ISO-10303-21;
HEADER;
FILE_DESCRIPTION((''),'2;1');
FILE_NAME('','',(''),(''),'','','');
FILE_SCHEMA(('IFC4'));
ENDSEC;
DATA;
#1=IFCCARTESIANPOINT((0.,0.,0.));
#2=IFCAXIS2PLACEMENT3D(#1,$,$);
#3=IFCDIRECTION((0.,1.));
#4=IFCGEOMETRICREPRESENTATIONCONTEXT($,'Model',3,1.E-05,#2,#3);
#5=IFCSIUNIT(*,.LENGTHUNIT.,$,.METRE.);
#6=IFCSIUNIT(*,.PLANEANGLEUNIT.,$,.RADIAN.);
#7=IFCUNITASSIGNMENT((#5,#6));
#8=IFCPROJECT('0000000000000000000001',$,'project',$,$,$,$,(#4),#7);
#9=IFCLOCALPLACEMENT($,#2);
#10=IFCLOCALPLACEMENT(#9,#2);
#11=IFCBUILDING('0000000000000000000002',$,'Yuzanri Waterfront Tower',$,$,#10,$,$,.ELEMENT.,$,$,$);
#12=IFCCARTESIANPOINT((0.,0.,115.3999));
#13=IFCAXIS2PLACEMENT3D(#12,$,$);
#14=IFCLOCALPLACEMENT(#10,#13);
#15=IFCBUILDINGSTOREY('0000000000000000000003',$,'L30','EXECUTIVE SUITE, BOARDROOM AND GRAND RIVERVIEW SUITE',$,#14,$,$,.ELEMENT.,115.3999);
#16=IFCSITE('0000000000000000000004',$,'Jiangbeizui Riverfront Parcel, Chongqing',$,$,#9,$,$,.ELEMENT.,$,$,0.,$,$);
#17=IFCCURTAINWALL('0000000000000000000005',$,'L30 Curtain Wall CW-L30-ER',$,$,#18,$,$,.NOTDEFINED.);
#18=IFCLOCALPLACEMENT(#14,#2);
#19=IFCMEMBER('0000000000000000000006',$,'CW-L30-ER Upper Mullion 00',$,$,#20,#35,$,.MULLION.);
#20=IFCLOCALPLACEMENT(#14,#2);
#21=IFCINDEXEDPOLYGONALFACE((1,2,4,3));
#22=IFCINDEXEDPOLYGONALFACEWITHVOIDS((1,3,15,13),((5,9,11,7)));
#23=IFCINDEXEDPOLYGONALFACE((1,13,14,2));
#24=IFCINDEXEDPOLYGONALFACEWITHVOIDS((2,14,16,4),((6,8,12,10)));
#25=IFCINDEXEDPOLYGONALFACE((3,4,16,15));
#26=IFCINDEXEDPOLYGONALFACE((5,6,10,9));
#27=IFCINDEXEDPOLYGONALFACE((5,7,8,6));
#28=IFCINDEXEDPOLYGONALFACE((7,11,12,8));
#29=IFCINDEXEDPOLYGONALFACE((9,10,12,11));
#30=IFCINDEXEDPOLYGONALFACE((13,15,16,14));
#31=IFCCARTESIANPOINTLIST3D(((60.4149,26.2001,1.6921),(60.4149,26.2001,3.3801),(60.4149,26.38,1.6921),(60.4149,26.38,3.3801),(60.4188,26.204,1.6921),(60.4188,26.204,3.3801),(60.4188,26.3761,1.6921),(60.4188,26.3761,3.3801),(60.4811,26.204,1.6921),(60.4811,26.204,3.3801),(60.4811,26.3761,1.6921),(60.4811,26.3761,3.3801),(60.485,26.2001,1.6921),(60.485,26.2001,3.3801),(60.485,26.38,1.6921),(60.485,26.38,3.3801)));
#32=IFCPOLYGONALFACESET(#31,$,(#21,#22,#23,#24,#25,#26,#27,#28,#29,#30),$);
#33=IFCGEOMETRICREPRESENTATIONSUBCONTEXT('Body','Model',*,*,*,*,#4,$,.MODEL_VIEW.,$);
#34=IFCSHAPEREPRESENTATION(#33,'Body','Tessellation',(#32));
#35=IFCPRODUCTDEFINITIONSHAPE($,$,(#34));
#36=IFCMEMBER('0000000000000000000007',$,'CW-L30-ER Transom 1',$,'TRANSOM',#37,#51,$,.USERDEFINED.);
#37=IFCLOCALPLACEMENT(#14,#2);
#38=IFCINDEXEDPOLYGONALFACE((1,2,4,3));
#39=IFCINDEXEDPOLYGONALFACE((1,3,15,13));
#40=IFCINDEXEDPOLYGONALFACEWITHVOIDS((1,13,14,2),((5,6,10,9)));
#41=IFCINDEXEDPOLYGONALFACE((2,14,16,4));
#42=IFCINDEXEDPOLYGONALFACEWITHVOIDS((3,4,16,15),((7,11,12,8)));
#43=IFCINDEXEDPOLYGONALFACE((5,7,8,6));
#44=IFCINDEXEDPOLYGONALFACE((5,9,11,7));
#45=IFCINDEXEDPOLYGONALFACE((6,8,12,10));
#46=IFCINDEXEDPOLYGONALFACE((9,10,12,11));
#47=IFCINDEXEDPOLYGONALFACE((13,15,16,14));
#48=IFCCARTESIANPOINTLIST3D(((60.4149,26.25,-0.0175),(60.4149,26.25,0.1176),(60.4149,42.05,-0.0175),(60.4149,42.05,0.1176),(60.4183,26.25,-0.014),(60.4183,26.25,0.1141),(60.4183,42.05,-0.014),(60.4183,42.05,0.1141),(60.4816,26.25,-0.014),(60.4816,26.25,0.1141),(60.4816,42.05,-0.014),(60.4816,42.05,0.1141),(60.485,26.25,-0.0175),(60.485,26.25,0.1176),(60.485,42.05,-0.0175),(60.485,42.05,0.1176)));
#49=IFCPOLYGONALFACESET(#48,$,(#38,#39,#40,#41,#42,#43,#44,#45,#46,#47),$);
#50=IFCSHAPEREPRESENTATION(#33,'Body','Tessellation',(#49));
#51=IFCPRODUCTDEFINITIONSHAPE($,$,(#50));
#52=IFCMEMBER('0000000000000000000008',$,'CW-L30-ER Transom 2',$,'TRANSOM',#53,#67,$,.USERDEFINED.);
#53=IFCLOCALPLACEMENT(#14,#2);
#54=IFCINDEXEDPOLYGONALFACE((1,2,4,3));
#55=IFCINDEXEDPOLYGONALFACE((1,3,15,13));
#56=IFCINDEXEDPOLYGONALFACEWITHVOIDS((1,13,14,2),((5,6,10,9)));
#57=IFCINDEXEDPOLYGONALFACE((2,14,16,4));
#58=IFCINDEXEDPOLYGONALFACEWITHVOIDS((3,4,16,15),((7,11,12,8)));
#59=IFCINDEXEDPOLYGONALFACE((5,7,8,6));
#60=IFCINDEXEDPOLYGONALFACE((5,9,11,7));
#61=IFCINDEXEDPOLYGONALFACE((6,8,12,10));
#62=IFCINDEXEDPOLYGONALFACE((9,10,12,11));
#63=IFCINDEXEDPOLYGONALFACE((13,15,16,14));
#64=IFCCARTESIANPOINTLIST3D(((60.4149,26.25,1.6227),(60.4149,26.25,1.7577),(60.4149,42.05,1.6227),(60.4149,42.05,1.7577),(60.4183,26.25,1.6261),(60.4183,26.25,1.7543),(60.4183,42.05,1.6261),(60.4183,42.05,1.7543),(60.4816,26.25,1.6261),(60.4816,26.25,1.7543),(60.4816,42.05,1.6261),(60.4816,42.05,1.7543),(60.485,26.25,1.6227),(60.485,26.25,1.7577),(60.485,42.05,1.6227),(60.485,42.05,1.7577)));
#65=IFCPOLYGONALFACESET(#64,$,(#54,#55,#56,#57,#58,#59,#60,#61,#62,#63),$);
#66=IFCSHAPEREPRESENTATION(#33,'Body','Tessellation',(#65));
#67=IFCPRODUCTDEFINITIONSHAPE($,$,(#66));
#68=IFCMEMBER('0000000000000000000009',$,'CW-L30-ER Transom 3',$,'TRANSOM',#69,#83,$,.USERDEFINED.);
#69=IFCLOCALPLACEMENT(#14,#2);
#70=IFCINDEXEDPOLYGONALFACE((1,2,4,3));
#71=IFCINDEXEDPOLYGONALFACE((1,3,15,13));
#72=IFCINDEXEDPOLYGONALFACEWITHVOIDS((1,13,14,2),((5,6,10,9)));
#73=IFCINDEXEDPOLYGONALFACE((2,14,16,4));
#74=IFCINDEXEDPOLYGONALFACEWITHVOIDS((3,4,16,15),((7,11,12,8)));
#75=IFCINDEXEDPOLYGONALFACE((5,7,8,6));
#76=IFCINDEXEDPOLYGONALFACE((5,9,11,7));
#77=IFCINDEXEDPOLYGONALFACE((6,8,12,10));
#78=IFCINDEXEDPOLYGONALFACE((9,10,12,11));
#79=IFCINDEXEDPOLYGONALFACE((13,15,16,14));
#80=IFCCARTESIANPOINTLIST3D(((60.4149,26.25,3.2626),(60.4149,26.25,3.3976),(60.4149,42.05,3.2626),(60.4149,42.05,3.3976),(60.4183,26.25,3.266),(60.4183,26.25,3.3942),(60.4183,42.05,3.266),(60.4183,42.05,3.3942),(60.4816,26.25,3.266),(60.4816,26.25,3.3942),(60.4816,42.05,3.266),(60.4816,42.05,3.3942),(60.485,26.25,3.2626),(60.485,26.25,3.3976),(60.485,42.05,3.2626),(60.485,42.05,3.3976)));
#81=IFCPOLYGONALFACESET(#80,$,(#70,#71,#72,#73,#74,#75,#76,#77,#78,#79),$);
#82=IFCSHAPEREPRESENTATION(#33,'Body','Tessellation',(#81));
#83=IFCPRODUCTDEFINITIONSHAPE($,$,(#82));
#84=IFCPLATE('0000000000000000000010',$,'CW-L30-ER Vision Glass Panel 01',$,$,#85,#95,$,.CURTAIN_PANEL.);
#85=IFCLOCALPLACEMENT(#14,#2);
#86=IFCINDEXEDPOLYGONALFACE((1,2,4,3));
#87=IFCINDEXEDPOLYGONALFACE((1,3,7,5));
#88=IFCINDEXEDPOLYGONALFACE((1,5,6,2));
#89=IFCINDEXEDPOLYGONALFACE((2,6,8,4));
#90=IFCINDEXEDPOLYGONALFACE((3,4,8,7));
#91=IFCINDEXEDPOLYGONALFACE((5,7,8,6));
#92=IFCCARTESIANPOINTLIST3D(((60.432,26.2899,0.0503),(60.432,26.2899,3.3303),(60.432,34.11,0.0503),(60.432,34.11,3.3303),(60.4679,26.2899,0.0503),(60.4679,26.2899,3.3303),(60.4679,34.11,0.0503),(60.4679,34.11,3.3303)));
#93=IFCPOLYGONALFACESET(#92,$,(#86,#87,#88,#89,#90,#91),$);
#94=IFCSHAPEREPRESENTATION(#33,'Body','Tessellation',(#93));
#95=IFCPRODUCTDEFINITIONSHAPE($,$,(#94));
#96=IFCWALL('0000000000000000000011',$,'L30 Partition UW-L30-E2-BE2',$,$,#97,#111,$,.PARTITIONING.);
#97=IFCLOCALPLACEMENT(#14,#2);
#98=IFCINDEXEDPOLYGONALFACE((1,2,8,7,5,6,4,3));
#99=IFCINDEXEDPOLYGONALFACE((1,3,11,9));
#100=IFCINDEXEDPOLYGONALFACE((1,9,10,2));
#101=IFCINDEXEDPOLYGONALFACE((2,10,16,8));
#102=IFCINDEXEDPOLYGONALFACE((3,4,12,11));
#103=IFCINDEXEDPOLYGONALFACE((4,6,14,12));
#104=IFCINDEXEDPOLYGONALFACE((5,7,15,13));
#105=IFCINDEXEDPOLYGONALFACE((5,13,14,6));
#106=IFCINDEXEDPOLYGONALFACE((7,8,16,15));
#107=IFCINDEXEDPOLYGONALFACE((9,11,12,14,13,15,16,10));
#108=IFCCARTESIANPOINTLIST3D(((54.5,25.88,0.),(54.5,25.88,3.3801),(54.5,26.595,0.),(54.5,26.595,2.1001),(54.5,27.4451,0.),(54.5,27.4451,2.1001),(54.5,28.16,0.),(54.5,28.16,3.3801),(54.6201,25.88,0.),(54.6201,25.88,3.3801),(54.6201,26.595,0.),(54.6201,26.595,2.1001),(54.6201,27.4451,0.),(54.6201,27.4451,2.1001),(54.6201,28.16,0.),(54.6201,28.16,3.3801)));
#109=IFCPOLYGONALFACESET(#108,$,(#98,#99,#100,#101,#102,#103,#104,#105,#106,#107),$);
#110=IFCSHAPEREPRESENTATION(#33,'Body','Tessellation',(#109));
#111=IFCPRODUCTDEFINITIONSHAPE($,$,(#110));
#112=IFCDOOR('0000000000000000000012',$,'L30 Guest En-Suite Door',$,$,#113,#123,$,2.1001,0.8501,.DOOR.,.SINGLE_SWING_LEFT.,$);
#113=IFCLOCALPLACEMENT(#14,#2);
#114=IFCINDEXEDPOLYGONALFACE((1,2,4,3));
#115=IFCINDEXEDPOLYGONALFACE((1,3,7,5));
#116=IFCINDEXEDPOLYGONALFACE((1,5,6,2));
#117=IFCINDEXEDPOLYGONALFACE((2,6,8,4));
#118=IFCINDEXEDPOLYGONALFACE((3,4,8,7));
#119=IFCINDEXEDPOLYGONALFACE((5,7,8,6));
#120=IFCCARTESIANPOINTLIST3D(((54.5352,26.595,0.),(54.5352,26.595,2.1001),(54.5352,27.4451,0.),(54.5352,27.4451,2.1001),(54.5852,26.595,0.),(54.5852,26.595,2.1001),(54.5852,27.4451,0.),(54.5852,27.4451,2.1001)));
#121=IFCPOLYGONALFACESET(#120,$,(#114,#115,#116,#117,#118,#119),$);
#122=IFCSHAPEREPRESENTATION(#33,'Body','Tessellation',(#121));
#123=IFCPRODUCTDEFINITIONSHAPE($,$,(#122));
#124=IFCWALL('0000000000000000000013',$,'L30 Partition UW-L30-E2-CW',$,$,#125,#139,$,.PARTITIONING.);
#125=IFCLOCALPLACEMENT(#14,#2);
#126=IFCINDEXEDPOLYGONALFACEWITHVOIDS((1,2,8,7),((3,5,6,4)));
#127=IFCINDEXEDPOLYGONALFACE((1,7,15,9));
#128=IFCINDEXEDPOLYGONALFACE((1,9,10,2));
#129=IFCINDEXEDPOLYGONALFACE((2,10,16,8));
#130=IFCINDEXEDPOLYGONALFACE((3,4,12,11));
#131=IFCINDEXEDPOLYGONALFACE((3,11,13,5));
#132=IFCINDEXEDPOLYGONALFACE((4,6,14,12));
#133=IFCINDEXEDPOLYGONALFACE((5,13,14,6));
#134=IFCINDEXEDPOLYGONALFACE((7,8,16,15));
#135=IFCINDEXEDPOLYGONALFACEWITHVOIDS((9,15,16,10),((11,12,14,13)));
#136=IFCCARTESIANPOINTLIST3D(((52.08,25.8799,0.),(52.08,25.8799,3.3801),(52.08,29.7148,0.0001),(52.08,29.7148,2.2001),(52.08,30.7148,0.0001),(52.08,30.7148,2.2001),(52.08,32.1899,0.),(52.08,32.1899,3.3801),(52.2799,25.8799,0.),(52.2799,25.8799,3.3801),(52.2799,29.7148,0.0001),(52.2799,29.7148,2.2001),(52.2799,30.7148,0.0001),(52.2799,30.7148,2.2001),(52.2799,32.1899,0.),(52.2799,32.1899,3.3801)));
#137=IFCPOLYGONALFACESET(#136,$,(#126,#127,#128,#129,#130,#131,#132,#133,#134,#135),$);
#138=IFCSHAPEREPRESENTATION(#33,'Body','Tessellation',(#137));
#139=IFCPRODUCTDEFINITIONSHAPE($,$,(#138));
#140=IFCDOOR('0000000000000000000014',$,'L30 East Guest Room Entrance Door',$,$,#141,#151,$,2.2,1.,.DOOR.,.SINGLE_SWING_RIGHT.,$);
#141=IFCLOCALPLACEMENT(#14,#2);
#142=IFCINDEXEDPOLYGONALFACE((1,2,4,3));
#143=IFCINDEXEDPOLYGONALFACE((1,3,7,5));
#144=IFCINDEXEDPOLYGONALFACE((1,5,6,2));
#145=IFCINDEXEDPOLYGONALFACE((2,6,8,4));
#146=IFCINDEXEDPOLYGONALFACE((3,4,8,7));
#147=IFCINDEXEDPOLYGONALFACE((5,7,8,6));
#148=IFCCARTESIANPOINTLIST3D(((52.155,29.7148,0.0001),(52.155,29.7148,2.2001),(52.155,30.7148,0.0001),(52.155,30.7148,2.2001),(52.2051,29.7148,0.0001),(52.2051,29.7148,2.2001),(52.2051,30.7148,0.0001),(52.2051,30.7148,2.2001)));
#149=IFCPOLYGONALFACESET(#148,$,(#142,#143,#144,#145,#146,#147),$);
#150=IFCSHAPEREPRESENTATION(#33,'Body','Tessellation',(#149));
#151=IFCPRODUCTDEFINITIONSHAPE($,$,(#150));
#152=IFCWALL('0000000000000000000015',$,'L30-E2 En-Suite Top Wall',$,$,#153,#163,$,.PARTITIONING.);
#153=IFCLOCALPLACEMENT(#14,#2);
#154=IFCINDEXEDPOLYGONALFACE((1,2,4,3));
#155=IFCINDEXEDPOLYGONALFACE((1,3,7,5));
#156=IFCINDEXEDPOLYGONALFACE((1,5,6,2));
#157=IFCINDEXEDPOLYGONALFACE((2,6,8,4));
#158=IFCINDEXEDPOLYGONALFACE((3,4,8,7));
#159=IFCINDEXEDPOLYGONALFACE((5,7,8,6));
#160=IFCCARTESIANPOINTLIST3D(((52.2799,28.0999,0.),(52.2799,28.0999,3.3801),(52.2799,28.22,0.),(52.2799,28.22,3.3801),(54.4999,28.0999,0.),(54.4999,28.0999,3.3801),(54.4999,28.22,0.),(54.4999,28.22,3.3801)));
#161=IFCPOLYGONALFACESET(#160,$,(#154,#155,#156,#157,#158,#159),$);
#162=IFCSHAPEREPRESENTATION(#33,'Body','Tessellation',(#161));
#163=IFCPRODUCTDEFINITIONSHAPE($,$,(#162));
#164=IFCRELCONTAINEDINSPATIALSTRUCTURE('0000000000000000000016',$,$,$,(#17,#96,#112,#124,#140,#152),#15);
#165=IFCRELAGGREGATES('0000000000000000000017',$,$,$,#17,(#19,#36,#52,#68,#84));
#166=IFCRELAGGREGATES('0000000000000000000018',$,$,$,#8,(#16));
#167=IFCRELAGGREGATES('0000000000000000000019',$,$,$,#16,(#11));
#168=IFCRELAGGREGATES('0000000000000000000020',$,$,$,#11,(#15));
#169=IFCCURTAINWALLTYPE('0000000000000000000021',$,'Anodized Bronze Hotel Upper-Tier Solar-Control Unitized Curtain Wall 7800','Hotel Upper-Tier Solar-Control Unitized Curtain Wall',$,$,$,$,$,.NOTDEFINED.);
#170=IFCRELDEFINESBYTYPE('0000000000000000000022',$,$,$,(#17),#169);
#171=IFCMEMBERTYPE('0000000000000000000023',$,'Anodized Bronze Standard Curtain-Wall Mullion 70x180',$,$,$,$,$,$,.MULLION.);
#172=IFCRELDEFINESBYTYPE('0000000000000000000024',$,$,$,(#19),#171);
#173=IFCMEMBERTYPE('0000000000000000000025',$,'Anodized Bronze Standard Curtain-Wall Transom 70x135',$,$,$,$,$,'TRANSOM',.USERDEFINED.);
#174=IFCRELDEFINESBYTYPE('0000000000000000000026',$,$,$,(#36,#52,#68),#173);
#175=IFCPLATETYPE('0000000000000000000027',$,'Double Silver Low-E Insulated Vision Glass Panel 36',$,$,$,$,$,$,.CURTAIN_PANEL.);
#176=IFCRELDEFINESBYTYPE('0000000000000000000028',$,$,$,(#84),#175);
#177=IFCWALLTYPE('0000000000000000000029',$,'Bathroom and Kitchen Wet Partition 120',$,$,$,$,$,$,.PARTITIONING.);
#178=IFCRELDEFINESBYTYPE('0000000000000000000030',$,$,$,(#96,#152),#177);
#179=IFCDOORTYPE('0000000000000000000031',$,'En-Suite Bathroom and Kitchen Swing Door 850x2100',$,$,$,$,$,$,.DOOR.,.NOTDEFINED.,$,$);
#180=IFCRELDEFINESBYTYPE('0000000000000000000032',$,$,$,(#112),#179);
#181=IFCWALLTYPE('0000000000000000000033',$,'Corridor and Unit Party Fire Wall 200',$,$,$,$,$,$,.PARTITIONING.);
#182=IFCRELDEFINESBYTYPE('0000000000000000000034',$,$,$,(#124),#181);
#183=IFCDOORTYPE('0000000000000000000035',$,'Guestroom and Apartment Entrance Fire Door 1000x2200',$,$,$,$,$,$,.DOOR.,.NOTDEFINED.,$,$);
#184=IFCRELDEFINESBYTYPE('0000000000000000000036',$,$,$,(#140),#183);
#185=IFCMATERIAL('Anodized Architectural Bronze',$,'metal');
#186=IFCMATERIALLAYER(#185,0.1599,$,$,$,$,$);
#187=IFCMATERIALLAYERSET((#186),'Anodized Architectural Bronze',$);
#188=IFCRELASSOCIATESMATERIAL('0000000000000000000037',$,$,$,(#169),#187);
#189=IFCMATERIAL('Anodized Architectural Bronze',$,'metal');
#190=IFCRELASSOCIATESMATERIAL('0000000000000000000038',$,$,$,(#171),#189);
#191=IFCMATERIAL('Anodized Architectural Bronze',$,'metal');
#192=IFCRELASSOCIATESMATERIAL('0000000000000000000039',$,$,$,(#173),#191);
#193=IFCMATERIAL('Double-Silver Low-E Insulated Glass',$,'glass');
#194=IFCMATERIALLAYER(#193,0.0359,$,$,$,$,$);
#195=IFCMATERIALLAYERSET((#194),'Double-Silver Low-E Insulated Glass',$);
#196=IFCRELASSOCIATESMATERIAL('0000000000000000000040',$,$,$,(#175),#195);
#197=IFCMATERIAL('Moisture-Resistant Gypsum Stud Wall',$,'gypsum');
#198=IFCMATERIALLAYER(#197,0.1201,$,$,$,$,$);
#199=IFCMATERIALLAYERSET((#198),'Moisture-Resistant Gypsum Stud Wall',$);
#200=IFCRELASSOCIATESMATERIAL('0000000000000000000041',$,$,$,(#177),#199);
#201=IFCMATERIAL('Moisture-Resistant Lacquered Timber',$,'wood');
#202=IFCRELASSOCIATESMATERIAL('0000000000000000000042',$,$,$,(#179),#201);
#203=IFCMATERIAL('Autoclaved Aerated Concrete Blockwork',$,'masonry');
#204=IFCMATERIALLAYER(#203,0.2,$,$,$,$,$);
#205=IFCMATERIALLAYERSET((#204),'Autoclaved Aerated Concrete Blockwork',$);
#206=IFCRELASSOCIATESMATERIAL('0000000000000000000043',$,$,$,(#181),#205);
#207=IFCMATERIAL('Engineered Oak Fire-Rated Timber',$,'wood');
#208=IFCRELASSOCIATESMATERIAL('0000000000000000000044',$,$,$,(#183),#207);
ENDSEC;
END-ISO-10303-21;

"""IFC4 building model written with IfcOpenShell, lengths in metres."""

from ifc_helpers import new_model, si_unit, direction, frame, frame_2d, origin, origin_2d, place, context, subcontext, project, spatial, rectangle, hollow_rectangle, extrude, source, transform, mapped, material, layer, layer_set, material_profile, profile_set, type_object, element, fill, aggregate, save


model = new_model("IFC4")

# Units and contexts
model_context = context("Model", 3, precision=1e-05, world=origin(), true_north=direction((0.0, 1.0)))
body_context = subcontext(model_context, "Body", "Model", "MODEL_VIEW")
ifc_project = project(units=[si_unit("LENGTHUNIT", "METRE"), si_unit("PLANEANGLEUNIT", "RADIAN")], contexts=[model_context])

# Site, building, storey
site_placement = place(None, origin())
site = spatial("IfcSite", under=ifc_project, at=site_placement, Name="Jiangbeizui Riverfront Parcel, Chongqing", CompositionType="ELEMENT", RefElevation=0.0)
building_placement = place(site_placement, origin())
building = spatial("IfcBuilding", under=site, at=building_placement, Name="Yuzanri Waterfront Tower", CompositionType="ELEMENT")
storey_placement = place(building_placement, frame((0.0, 0.0, 115.3999)))
storey = spatial("IfcBuildingStorey", under=building, at=storey_placement, Name="L30", Description="EXECUTIVE SUITE, BOARDROOM AND GRAND RIVERVIEW SUITE", CompositionType="ELEMENT", Elevation=115.3999)

# Shared definitions
ifc_material_1 = material(Name="Anodized Architectural Bronze", Category="metal")
ifc_layer_1 = layer(ifc_material_1, 0.1599)
ifc_layer_set_1 = layer_set([ifc_layer_1], Name="Anodized Architectural Bronze")
curtain_wall_type = type_object("IfcCurtainWallType", Name="Anodized Bronze Hotel Upper-Tier Solar-Control Unitized Curtain Wall 7800", Description="Hotel Upper-Tier Solar-Control Unitized Curtain Wall", PredefinedType="NOTDEFINED", material=ifc_layer_set_1)
ifc_material_2 = material(Name="Anodized Architectural Bronze", Category="metal")
ifc_material_profile_1 = material_profile(ifc_material_2, hollow_rectangle(XDim=0.0701, YDim=0.1799, WallThickness=0.0039, at=origin_2d()), Name="CWM 70x180")
ifc_profile_set_1 = profile_set([ifc_material_profile_1], Name="Anodized Architectural Bronze")
member_type_1 = type_object("IfcMemberType", Name="Anodized Bronze Standard Curtain-Wall Mullion 70x180", PredefinedType="MULLION", material=ifc_profile_set_1)
shared_shape_1 = source(origin(), body_context, "Body", "SweptSolid", [
    extrude(hollow_rectangle(XDim=0.0701, YDim=0.1799, WallThickness=0.0039, at=origin_2d()), origin(), (0.0, 0.0, 1.0), 1.688),
])

# Curtain wall, members, plate
curtain_wall_1_placement = place(storey_placement, origin())
curtain_wall_1 = element("IfcCurtainWall", 1, at=curtain_wall_1_placement, inside=storey, type_object=curtain_wall_type, Name="L30 Curtain Wall CW-L30-ER", PredefinedType="NOTDEFINED")
member_1_placement = place(storey_placement, frame((60.45, 26.29, 1.6921), z_axis=(0.0, 0.0, 1.0), x_axis=(1.0, 0.0, 0.0)))
member_1 = element("IfcMember", 2, at=member_1_placement, type_object=member_type_1, Name="CW-L30-ER Upper Mullion 00", PredefinedType="MULLION", context=body_context, shape_type="MappedRepresentation", body=[
    mapped(shared_shape_1, transform((0.0, 0.0, 0.0), scale=1.0)),
])
ifc_material_3 = material(Name="Anodized Architectural Bronze", Category="metal")
ifc_material_profile_2 = material_profile(ifc_material_3, hollow_rectangle(XDim=0.0701, YDim=0.135, WallThickness=0.0034, at=origin_2d()), Name="CWT 70x135")
ifc_profile_set_2 = profile_set([ifc_material_profile_2], Name="Anodized Architectural Bronze")
member_type_2 = type_object("IfcMemberType", Name="Anodized Bronze Standard Curtain-Wall Transom 70x135", ElementType="TRANSOM", PredefinedType="USERDEFINED", material=ifc_profile_set_2)
shared_shape_2 = source(origin(), body_context, "Body", "SweptSolid", [
    extrude(hollow_rectangle(XDim=0.0701, YDim=0.135, WallThickness=0.0034, at=origin_2d()), origin(), (0.0, 0.0, 1.0), 15.8),
])
member_2_placement = place(storey_placement, frame((60.45, 26.25, 0.05), z_axis=(0.0, 1.0, 0.0), x_axis=(-1.0, 0.0, 0.0)))
member_2 = element("IfcMember", 3, at=member_2_placement, type_object=member_type_2, Name="CW-L30-ER Transom 1", ObjectType="TRANSOM", PredefinedType="USERDEFINED", context=body_context, shape_type="MappedRepresentation", body=[
    mapped(shared_shape_2, transform((0.0, 0.0, 0.0), scale=1.0)),
])
member_3_placement = place(storey_placement, frame((60.45, 26.25, 1.6902), z_axis=(0.0, 1.0, 0.0), x_axis=(-1.0, 0.0, 0.0)))
member_3 = element("IfcMember", 4, at=member_3_placement, type_object=member_type_2, Name="CW-L30-ER Transom 2", ObjectType="TRANSOM", PredefinedType="USERDEFINED", context=body_context, shape_type="MappedRepresentation", body=[
    mapped(shared_shape_2, transform((0.0, 0.0, 0.0), scale=1.0)),
])
member_4_placement = place(storey_placement, frame((60.45, 26.25, 3.3301), z_axis=(0.0, 1.0, 0.0), x_axis=(-1.0, 0.0, 0.0)))
member_4 = element("IfcMember", 5, at=member_4_placement, type_object=member_type_2, Name="CW-L30-ER Transom 3", ObjectType="TRANSOM", PredefinedType="USERDEFINED", context=body_context, shape_type="MappedRepresentation", body=[
    mapped(shared_shape_2, transform((0.0, 0.0, 0.0), scale=1.0)),
])
ifc_material_4 = material(Name="Double-Silver Low-E Insulated Glass", Category="glass")
ifc_layer_2 = layer(ifc_material_4, 0.0359)
ifc_layer_set_2 = layer_set([ifc_layer_2], Name="Double-Silver Low-E Insulated Glass")
plate_type = type_object("IfcPlateType", Name="Double Silver Low-E Insulated Vision Glass Panel 36", PredefinedType="CURTAIN_PANEL", material=ifc_layer_set_2)
shared_shape_3 = source(origin(), body_context, "Body", "SweptSolid", [
    extrude(rectangle(XDim=7.8201, YDim=0.0359, at=origin_2d()), origin(), (0.0, 0.0, 1.0), 3.28),
])
plate_placement = place(storey_placement, frame((60.45, 30.2, 0.0503), z_axis=(0.0, 0.0, 1.0), x_axis=(0.0, 1.0, 0.0)))
plate = element("IfcPlate", 6, at=plate_placement, type_object=plate_type, Name="CW-L30-ER Vision Glass Panel 01", PredefinedType="CURTAIN_PANEL", context=body_context, shape_type="MappedRepresentation", body=[
    mapped(shared_shape_3, transform((0.0, 0.0, 0.0), scale=1.0)),
])
aggregate(curtain_wall_1, [member_1, member_2, member_3, member_4, plate])

# Walls, openings, doors
ifc_material_5 = material(Name="Moisture-Resistant Gypsum Stud Wall", Category="gypsum")
ifc_layer_3 = layer(ifc_material_5, 0.1201)
ifc_layer_set_3 = layer_set([ifc_layer_3], Name="Moisture-Resistant Gypsum Stud Wall")
wall_type_1 = type_object("IfcWallType", Name="Bathroom and Kitchen Wet Partition 120", PredefinedType="PARTITIONING", material=ifc_layer_set_3)
wall_1_placement = place(storey_placement, frame((54.5601, 25.8799, 0.0), z_axis=(0.0, 0.0, 1.0), x_axis=(0.0, 1.0, 0.0)))
wall_1 = element("IfcWall", 7, at=wall_1_placement, inside=storey, type_object=wall_type_1, Name="L30 Partition UW-L30-E2-BE2", PredefinedType="PARTITIONING", context=body_context, shape_type="SweptSolid", body=[
    extrude(rectangle(XDim=2.28, YDim=0.1201, at=frame_2d((1.1401, 0.0))), origin(), (0.0, 0.0, 1.0), 3.3801),
])
opening_1_placement = place(wall_1_placement, frame((0.7151, 0.0, 0.0)))
opening_1 = element("IfcOpeningElement", 8, at=opening_1_placement, cuts=wall_1, PredefinedType="OPENING", context=body_context, shape_type="SweptSolid", body=[
    extrude(rectangle(XDim=0.8501, YDim=2.1001, at=frame_2d((0.425, 1.05))), frame((0.0, 0.075, 0.0), z_axis=(0.0, -1.0, 0.0), x_axis=(1.0, 0.0, 0.0)), (0.0, 0.0, 1.0), 0.1499),
])
ifc_material_6 = material(Name="Moisture-Resistant Lacquered Timber", Category="wood")
door_type_1 = type_object("IfcDoorType", Name="En-Suite Bathroom and Kitchen Swing Door 850x2100", OperationType="NOTDEFINED", PredefinedType="DOOR", material=ifc_material_6)
shared_shape_4 = source(origin(), body_context, "Body", "SweptSolid", [
    extrude(rectangle(XDim=0.8501, YDim=2.1001, at=frame_2d((0.425, 1.05))), frame((0.0, 0.0249, 0.0), z_axis=(0.0, -1.0, 0.0), x_axis=(1.0, 0.0, 0.0)), (0.0, 0.0, 1.0), 0.05),
])
door_1_placement = place(opening_1_placement, origin())
door_1 = element("IfcDoor", 9, at=door_1_placement, inside=storey, type_object=door_type_1, Name="L30 Guest En-Suite Door", OperationType="SINGLE_SWING_LEFT", OverallHeight=2.1001, OverallWidth=0.8501, PredefinedType="DOOR", context=body_context, shape_type="MappedRepresentation", body=[
    mapped(shared_shape_4, transform((0.0, 0.0, 0.0), scale=1.0)),
])
fill(opening_1, door_1)
ifc_material_7 = material(Name="Autoclaved Aerated Concrete Blockwork", Category="masonry")
ifc_layer_4 = layer(ifc_material_7, 0.2)
ifc_layer_set_4 = layer_set([ifc_layer_4], Name="Autoclaved Aerated Concrete Blockwork")
wall_type_2 = type_object("IfcWallType", Name="Corridor and Unit Party Fire Wall 200", PredefinedType="PARTITIONING", material=ifc_layer_set_4)
wall_2_placement = place(storey_placement, frame((52.1799, 25.8799, 0.0), z_axis=(0.0, 0.0, 1.0), x_axis=(0.0, 1.0, 0.0)))
wall_2 = element("IfcWall", 10, at=wall_2_placement, inside=storey, type_object=wall_type_2, Name="L30 Partition UW-L30-E2-CW", PredefinedType="PARTITIONING", context=body_context, shape_type="SweptSolid", body=[
    extrude(rectangle(XDim=6.3101, YDim=0.2, at=frame_2d((3.155, 0.0))), origin(), (0.0, 0.0, 1.0), 3.3801),
])
opening_2_placement = place(wall_2_placement, frame((3.835, 0.0, 0.0)))
opening_2 = element("IfcOpeningElement", 11, at=opening_2_placement, cuts=wall_2, PredefinedType="OPENING", context=body_context, shape_type="SweptSolid", body=[
    extrude(rectangle(XDim=1.0, YDim=2.2, at=frame_2d((0.5, 1.1001))), frame((0.0, 0.1147, 0.0), z_axis=(0.0, -1.0, 0.0), x_axis=(1.0, 0.0, 0.0)), (0.0, 0.0, 1.0), 0.2297),
])
ifc_material_8 = material(Name="Engineered Oak Fire-Rated Timber", Category="wood")
door_type_2 = type_object("IfcDoorType", Name="Guestroom and Apartment Entrance Fire Door 1000x2200", OperationType="NOTDEFINED", PredefinedType="DOOR", material=ifc_material_8)
shared_shape_5 = source(origin(), body_context, "Body", "SweptSolid", [
    extrude(rectangle(XDim=1.0, YDim=2.2, at=frame_2d((0.5, 1.1001))), frame((0.0, 0.0249, 0.0), z_axis=(0.0, -1.0, 0.0), x_axis=(1.0, 0.0, 0.0)), (0.0, 0.0, 1.0), 0.05),
])
door_2_placement = place(opening_2_placement, origin())
door_2 = element("IfcDoor", 12, at=door_2_placement, inside=storey, type_object=door_type_2, Name="L30 East Guest Room Entrance Door", OperationType="SINGLE_SWING_RIGHT", OverallHeight=2.2, OverallWidth=1.0, PredefinedType="DOOR", context=body_context, shape_type="MappedRepresentation", body=[
    mapped(shared_shape_5, transform((0.0, 0.0, 0.0), scale=1.0)),
])
fill(opening_2, door_2)

# Wall
shared_shape_6 = source(origin(), body_context, "Body", "SweptSolid", [
    extrude(rectangle(XDim=2.22, YDim=0.1201, at=frame_2d((1.1099, 0.0))), origin(), (0.0, 0.0, 1.0), 3.3801),
])
wall_3_placement = place(storey_placement, frame((52.28, 28.1599, 0.0), z_axis=(0.0, 0.0, 1.0), x_axis=(1.0, 0.0, 0.0)))
element("IfcWall", 13, at=wall_3_placement, inside=storey, type_object=wall_type_1, Name="L30-E2 En-Suite Top Wall", PredefinedType="PARTITIONING", context=body_context, shape_type="MappedRepresentation", body=[
    mapped(shared_shape_6, transform((0.0, 0.0, 0.0), scale=1.0)),
])

save(model, "model.ifc")
